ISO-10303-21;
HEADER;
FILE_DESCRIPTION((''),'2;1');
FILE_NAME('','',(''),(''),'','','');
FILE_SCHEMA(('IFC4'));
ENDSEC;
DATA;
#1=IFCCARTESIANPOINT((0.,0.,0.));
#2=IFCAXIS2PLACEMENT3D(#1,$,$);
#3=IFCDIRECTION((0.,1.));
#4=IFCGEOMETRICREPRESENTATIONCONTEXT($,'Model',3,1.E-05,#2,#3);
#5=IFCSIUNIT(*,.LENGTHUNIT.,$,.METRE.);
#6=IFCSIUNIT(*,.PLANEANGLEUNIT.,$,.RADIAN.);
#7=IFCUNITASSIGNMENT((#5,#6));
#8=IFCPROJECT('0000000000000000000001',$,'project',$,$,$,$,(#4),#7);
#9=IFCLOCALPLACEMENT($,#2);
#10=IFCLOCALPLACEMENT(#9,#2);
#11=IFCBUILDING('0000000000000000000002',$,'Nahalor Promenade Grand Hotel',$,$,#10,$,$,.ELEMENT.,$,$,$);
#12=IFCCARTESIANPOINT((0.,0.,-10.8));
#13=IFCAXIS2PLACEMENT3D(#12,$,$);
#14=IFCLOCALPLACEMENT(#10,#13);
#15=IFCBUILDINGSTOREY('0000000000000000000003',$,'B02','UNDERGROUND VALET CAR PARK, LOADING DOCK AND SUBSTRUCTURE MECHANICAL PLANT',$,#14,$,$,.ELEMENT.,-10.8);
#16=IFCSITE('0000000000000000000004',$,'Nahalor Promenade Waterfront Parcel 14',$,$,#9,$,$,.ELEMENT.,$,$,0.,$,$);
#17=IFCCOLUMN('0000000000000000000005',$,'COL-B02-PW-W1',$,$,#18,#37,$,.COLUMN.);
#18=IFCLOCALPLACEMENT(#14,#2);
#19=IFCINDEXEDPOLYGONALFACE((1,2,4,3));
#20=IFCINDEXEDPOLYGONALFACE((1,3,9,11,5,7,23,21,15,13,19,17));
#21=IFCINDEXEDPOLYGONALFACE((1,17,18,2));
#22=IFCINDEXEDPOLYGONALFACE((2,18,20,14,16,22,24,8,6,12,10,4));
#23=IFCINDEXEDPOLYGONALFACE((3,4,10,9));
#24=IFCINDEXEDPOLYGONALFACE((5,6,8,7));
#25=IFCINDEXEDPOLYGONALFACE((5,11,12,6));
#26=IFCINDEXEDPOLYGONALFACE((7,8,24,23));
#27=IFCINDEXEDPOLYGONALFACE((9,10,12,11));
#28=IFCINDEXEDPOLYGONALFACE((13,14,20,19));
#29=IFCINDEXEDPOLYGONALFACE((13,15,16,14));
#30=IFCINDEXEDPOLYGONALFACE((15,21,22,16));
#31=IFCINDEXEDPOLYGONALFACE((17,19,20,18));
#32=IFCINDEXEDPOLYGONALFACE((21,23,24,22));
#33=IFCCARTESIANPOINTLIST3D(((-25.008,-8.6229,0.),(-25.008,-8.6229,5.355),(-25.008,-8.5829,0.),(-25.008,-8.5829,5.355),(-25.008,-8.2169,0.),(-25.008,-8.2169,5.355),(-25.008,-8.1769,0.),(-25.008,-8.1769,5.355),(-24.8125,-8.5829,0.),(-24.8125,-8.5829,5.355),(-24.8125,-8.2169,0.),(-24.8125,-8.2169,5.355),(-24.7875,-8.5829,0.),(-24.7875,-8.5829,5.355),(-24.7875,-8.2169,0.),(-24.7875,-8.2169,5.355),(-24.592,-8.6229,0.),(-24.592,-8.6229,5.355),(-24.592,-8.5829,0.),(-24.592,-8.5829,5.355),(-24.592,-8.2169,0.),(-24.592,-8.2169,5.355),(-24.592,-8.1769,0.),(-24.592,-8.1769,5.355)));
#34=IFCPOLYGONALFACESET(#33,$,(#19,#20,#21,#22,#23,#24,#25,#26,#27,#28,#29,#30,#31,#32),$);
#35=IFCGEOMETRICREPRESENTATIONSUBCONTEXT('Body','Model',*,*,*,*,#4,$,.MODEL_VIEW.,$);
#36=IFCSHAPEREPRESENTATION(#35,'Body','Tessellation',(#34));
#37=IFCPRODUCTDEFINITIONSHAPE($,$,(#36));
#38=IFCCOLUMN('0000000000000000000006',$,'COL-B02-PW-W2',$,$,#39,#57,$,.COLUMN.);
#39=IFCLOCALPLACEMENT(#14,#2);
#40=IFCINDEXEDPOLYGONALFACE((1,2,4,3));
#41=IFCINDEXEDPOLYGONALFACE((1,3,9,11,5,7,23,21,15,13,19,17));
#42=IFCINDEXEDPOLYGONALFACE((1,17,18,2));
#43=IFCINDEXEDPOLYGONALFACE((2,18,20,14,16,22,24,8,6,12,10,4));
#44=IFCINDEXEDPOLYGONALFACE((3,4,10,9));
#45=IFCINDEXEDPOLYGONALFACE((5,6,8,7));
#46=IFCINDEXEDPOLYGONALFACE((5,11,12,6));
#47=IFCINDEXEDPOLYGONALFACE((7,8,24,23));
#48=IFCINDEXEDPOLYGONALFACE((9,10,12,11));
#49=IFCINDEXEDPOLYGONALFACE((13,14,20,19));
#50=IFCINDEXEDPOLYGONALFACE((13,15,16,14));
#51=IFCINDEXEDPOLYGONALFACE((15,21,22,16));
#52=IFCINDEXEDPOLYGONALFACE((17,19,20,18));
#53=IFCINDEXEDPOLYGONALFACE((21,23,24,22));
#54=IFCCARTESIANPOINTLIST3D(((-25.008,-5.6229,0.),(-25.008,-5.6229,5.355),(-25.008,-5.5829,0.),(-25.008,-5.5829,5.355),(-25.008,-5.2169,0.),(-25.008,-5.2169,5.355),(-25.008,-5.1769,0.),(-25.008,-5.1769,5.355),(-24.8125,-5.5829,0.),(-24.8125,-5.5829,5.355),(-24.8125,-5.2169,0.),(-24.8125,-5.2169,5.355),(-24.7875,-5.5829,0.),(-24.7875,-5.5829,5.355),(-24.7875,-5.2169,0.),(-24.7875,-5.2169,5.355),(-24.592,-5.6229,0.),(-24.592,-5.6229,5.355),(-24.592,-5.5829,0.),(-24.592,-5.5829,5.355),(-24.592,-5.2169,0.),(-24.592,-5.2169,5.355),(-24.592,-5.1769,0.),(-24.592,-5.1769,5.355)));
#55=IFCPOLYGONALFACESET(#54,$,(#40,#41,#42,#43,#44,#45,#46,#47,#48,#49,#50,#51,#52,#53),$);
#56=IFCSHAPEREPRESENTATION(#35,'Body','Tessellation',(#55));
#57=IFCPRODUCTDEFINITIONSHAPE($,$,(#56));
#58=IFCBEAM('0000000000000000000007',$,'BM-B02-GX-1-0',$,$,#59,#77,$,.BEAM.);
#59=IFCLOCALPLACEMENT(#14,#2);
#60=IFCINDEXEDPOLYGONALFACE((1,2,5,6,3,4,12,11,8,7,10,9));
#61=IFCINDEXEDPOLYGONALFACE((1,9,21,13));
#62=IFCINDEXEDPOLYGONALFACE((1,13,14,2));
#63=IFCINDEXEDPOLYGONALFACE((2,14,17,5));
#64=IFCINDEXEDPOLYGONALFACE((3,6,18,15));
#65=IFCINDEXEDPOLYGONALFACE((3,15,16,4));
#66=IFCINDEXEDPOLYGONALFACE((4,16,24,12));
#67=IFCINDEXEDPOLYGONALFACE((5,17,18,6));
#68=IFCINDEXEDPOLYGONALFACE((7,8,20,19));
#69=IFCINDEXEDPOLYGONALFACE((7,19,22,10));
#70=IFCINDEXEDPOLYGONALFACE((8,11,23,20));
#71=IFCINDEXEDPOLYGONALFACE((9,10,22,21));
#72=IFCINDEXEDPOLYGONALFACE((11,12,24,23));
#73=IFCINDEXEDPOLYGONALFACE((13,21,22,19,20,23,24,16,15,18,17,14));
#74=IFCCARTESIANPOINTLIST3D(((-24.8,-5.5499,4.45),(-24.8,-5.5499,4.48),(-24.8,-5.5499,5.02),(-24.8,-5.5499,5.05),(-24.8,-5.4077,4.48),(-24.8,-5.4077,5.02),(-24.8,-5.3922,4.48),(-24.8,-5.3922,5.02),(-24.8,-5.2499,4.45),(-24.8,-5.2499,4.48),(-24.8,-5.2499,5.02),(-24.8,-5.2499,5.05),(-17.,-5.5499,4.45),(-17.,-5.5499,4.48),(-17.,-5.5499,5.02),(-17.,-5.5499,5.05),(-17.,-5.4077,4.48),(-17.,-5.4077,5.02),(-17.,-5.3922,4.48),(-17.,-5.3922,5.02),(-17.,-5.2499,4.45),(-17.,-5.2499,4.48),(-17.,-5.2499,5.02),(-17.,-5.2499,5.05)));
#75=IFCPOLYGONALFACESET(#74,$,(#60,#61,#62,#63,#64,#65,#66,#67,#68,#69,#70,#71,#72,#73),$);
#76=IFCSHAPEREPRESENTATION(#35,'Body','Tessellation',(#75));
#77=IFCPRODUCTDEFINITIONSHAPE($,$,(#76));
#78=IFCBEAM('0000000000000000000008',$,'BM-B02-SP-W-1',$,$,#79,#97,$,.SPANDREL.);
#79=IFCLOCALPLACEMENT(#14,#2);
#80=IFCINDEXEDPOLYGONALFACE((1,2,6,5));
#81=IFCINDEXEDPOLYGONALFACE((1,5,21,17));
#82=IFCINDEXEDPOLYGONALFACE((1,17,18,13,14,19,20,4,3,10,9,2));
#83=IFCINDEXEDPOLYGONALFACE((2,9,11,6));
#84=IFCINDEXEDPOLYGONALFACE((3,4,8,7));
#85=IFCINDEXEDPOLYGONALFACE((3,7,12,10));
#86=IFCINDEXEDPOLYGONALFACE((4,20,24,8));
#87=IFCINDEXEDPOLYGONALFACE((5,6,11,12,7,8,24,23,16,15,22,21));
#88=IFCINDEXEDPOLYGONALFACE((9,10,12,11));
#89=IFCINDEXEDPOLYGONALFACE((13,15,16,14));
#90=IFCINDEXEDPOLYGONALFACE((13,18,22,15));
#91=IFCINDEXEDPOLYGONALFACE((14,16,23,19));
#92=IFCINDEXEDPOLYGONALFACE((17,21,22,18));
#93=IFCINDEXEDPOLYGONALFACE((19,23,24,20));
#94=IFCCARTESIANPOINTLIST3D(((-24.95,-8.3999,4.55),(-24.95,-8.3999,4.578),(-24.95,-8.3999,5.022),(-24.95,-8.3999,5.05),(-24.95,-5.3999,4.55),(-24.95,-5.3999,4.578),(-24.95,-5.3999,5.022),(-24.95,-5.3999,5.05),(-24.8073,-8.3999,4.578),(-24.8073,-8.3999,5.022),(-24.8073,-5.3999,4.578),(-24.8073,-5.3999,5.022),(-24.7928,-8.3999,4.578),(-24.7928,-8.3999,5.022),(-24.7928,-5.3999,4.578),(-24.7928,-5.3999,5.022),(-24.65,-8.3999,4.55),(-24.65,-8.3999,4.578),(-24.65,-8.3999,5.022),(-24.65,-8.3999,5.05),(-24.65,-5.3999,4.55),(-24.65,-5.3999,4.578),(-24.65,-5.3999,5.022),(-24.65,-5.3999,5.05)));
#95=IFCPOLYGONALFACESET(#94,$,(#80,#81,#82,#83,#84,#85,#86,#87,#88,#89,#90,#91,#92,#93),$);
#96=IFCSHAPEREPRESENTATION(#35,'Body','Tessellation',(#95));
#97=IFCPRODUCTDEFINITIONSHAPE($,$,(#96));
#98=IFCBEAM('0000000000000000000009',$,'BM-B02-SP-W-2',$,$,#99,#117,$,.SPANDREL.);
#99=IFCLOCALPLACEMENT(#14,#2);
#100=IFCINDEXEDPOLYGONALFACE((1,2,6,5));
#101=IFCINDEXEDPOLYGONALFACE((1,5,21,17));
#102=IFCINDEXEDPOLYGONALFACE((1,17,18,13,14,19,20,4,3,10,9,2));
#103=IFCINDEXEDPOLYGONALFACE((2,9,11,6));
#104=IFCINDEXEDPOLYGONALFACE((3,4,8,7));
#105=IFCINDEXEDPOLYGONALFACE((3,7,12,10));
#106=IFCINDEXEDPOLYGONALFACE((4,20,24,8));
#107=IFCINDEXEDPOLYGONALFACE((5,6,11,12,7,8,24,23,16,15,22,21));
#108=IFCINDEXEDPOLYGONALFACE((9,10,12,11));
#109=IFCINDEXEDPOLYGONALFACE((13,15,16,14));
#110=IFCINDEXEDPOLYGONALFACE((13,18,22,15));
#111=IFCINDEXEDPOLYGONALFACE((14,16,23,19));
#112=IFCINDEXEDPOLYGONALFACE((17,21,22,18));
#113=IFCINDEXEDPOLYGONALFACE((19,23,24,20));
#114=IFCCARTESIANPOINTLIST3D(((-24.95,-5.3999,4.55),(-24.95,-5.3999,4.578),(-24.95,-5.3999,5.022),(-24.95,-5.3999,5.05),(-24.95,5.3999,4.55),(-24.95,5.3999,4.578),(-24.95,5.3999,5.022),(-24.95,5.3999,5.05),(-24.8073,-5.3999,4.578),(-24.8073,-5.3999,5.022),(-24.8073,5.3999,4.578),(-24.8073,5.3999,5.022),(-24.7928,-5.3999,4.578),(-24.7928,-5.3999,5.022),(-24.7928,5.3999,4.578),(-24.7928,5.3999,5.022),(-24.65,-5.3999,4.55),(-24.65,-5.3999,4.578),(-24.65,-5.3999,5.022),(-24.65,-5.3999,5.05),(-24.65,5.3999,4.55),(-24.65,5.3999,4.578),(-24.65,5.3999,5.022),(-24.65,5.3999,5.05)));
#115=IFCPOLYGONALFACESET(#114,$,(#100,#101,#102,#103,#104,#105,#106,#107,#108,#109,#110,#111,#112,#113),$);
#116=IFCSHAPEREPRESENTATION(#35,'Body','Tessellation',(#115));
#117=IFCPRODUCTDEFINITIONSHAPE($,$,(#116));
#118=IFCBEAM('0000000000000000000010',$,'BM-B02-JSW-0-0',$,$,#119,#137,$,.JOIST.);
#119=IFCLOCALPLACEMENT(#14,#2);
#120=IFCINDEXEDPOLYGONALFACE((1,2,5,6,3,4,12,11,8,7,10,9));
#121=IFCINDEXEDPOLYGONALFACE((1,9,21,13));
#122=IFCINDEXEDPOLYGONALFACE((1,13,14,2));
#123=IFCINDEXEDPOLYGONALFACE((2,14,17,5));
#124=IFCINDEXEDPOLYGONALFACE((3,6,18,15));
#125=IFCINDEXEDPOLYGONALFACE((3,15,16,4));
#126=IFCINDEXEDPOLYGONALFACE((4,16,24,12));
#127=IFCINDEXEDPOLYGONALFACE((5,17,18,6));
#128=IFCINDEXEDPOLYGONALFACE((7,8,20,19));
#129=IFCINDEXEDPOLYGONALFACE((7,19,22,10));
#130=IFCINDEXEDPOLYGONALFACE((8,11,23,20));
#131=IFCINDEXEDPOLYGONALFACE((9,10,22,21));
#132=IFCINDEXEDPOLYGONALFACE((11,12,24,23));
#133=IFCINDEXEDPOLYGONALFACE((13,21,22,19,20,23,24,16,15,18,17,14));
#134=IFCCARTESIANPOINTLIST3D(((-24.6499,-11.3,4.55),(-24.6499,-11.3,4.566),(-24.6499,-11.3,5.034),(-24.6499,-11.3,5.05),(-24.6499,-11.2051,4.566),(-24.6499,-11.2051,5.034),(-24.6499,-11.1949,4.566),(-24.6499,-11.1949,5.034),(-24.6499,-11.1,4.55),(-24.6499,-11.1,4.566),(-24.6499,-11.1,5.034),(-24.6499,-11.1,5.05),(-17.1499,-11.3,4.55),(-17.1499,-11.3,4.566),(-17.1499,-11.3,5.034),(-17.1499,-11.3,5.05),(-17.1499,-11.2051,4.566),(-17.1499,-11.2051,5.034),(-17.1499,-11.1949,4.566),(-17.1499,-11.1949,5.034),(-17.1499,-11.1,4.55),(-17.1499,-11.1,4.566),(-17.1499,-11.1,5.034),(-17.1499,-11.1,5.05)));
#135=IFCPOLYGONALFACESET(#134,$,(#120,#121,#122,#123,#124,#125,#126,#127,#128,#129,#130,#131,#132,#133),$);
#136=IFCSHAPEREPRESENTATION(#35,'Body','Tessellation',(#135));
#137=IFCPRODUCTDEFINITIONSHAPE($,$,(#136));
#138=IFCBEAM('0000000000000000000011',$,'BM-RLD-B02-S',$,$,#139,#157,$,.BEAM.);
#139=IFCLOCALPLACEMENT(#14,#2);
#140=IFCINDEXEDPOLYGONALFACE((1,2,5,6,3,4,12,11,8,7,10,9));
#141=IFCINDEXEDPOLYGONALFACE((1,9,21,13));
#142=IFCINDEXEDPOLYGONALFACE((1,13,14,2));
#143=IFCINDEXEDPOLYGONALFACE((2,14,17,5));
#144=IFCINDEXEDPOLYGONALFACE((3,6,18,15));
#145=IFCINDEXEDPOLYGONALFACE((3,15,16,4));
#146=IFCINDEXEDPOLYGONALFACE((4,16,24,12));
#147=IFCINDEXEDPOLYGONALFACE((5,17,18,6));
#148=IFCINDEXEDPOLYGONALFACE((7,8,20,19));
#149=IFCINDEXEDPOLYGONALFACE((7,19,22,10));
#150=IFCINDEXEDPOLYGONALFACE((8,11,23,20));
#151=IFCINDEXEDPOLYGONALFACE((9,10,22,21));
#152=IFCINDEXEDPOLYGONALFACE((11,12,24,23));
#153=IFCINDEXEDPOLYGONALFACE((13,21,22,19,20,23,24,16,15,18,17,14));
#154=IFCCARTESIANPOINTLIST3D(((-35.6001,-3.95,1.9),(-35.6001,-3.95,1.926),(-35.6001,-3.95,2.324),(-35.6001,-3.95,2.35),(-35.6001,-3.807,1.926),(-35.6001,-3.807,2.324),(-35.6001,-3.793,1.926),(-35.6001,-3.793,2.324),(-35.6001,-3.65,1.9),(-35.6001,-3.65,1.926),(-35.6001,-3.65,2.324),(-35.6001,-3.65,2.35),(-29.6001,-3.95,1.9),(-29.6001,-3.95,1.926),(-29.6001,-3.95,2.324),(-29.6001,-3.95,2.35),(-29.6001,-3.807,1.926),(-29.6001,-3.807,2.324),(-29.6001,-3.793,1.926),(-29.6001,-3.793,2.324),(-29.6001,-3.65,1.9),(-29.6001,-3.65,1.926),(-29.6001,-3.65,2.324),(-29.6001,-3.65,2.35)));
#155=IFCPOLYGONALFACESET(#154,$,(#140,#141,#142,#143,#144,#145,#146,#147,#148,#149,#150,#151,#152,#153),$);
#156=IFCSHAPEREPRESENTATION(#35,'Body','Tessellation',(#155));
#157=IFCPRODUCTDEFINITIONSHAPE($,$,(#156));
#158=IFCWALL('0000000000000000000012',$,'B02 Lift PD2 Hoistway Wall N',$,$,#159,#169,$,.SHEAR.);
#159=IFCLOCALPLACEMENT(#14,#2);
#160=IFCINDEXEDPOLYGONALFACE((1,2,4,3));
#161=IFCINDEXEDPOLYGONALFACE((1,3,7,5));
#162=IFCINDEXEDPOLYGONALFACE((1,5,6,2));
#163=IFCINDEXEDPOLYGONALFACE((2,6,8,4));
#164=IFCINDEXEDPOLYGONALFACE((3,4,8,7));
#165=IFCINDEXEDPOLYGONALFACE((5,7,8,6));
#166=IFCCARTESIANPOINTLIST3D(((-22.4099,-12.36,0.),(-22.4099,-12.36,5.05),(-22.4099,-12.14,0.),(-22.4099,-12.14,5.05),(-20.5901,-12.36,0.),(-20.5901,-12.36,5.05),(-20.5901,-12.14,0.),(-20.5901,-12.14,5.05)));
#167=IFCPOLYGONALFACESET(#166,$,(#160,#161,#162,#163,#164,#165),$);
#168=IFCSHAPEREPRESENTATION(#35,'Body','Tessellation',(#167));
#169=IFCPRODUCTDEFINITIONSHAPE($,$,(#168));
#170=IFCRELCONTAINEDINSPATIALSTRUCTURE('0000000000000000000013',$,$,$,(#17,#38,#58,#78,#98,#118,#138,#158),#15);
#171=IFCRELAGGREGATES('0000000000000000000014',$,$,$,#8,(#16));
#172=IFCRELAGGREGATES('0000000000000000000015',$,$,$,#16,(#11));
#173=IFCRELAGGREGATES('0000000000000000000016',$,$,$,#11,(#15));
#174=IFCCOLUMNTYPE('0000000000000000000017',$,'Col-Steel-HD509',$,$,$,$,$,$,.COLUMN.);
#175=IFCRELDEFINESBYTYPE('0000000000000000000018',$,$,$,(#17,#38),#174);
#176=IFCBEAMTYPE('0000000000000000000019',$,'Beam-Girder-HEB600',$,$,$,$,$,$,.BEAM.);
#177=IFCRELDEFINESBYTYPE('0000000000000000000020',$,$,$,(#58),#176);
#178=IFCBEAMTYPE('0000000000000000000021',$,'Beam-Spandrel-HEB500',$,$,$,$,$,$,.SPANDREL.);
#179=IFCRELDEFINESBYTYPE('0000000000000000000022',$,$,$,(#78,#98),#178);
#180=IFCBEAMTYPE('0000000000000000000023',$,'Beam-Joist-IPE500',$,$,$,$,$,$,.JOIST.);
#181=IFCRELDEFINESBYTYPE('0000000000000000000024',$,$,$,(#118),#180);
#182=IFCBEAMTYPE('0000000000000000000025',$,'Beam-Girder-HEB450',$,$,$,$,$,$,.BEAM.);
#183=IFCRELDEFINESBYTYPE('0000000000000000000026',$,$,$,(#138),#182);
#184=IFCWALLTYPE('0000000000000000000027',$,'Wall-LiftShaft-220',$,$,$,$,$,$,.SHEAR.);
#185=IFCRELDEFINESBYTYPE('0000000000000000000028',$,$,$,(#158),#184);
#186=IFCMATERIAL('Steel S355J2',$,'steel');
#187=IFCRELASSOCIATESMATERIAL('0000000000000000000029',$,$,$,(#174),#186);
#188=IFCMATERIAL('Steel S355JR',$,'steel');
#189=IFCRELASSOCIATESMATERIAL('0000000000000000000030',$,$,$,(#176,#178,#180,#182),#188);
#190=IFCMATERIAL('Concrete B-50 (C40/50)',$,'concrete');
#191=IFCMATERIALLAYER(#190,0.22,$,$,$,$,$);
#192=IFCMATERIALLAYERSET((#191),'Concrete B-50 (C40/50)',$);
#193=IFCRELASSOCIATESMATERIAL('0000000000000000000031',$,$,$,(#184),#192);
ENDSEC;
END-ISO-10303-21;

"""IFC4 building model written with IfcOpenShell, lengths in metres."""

from ifc_helpers import new_model, si_unit, direction, frame, frame_2d, origin, origin_2d, place, context, subcontext, project, spatial, rectangle, i_section, extrude, source, transform, mapped, material, layer, layer_set, material_profile, profile_set, type_object, element, save


model = new_model("IFC4")

# Units and contexts
model_context = context("Model", 3, precision=1e-05, world=origin(), true_north=direction((0.0, 1.0)))
body_context = subcontext(model_context, "Body", "Model", "MODEL_VIEW")
ifc_project = project(units=[si_unit("LENGTHUNIT", "METRE"), si_unit("PLANEANGLEUNIT", "RADIAN")], contexts=[model_context])

# Site, building, storey
site_placement = place(None, origin())
site = spatial("IfcSite", under=ifc_project, at=site_placement, Name="Nahalor Promenade Waterfront Parcel 14", CompositionType="ELEMENT", RefElevation=0.0)
building_placement = place(site_placement, origin())
building = spatial("IfcBuilding", under=site, at=building_placement, Name="Nahalor Promenade Grand Hotel", CompositionType="ELEMENT")
storey_placement = place(building_placement, frame((0.0, 0.0, -10.8)))
storey = spatial("IfcBuildingStorey", under=building, at=storey_placement, Name="B02", Description="UNDERGROUND VALET CAR PARK, LOADING DOCK AND SUBSTRUCTURE MECHANICAL PLANT", CompositionType="ELEMENT", Elevation=-10.8)

# Shared definitions
ifc_material_1 = material(Name="Concrete B-50 (C40/50)", Category="concrete")

# Columns
ifc_material_2 = material(Name="Steel S355J2", Category="steel")
ifc_material_profile_1 = material_profile(ifc_material_2, i_section(OverallWidth=0.416, OverallDepth=0.446, WebThickness=0.025, FlangeThickness=0.04, at=origin_2d()), Name="HD 400x509")
ifc_profile_set_1 = profile_set([ifc_material_profile_1], Name="Steel S355J2")
column_type_1 = type_object("IfcColumnType", Name="Col-Steel-HD509", PredefinedType="COLUMN", material=ifc_profile_set_1)
shared_shape_1 = source(origin(), body_context, "Body", "SweptSolid", [
    extrude(i_section(OverallWidth=0.416, OverallDepth=0.446, WebThickness=0.025, FlangeThickness=0.04, at=origin_2d()), origin(), (0.0, 0.0, 1.0), 5.355),
])
for number, where, z_axis, x_axis, name in (
    (1, (-24.8, -8.3999, 0.0), (0.0, 0.0, 1.0), (1.0, 0.0, 0.0), "COL-B02-PW-W1"),
    (2, (-24.8, -5.3999, 0.0), (0.0, 0.0, 1.0), (1.0, 0.0, 0.0), "COL-B02-PW-W2"),
):
    element("IfcColumn", number, at=place(storey_placement, frame(where, z_axis=z_axis, x_axis=x_axis)), inside=storey, type_object=column_type_1, Name=name, PredefinedType="COLUMN", context=body_context, shape_type="MappedRepresentation", body=[
        mapped(shared_shape_1, transform((0.0, 0.0, 0.0), scale=1.0)),
    ])

# Beams
ifc_material_3 = material(Name="Steel S355JR", Category="steel")
ifc_material_profile_2 = material_profile(ifc_material_3, i_section(OverallWidth=0.3, OverallDepth=0.6, WebThickness=0.0155, FlangeThickness=0.03, at=origin_2d()), Name="HEB 600")
ifc_profile_set_2 = profile_set([ifc_material_profile_2], Name="Steel S355JR")
beam_type_1 = type_object("IfcBeamType", Name="Beam-Girder-HEB600", PredefinedType="BEAM", material=ifc_profile_set_2)
shared_shape_2 = source(origin(), body_context, "Body", "SweptSolid", [
    extrude(i_section(OverallWidth=0.3, OverallDepth=0.6, WebThickness=0.0155, FlangeThickness=0.03, at=origin_2d()), origin(), (0.0, 0.0, 1.0), 7.8),
])
beam_1_placement = place(storey_placement, frame((-24.8, -5.3999, 4.75), z_axis=(1.0, 0.0, 0.0), x_axis=(0.0, 1.0, 0.0)))
element("IfcBeam", 3, at=beam_1_placement, inside=storey, type_object=beam_type_1, Name="BM-B02-GX-1-0", PredefinedType="BEAM", context=body_context, shape_type="MappedRepresentation", body=[
    mapped(shared_shape_2, transform((0.0, 0.0, 0.0), scale=1.0)),
])
ifc_material_profile_3 = material_profile(ifc_material_3, i_section(OverallWidth=0.3, OverallDepth=0.5, WebThickness=0.0145, FlangeThickness=0.028, at=origin_2d()), Name="HEB 500")
ifc_profile_set_3 = profile_set([ifc_material_profile_3], Name="Steel S355JR")
beam_type_2 = type_object("IfcBeamType", Name="Beam-Spandrel-HEB500", PredefinedType="SPANDREL", material=ifc_profile_set_3)
shared_shape_3 = source(origin(), body_context, "Body", "SweptSolid", [
    extrude(i_section(OverallWidth=0.3, OverallDepth=0.5, WebThickness=0.0145, FlangeThickness=0.028, at=origin_2d()), origin(), (0.0, 0.0, 1.0), 3.0),
])
beam_2_placement = place(storey_placement, frame((-24.8, -8.3999, 4.8), z_axis=(0.0, 1.0, 0.0), x_axis=(-1.0, 0.0, 0.0)))
element("IfcBeam", 4, at=beam_2_placement, inside=storey, type_object=beam_type_2, Name="BM-B02-SP-W-1", PredefinedType="SPANDREL", context=body_context, shape_type="MappedRepresentation", body=[
    mapped(shared_shape_3, transform((0.0, 0.0, 0.0), scale=1.0)),
])
shared_shape_4 = source(origin(), body_context, "Body", "SweptSolid", [
    extrude(i_section(OverallWidth=0.3, OverallDepth=0.5, WebThickness=0.0145, FlangeThickness=0.028, at=origin_2d()), origin(), (0.0, 0.0, 1.0), 10.7998),
])
beam_3_placement = place(storey_placement, frame((-24.8, -5.3999, 4.8), z_axis=(0.0, 1.0, 0.0), x_axis=(-1.0, 0.0, 0.0)))
element("IfcBeam", 5, at=beam_3_placement, inside=storey, type_object=beam_type_2, Name="BM-B02-SP-W-2", PredefinedType="SPANDREL", context=body_context, shape_type="MappedRepresentation", body=[
    mapped(shared_shape_4, transform((0.0, 0.0, 0.0), scale=1.0)),
])
ifc_material_profile_4 = material_profile(ifc_material_3, i_section(OverallWidth=0.2, OverallDepth=0.5, WebThickness=0.0102, FlangeThickness=0.016, at=origin_2d()), Name="IPE 500")
ifc_profile_set_4 = profile_set([ifc_material_profile_4], Name="Steel S355JR")
beam_type_3 = type_object("IfcBeamType", Name="Beam-Joist-IPE500", PredefinedType="JOIST", material=ifc_profile_set_4)
shared_shape_5 = source(origin(), body_context, "Body", "SweptSolid", [
    extrude(i_section(OverallWidth=0.2, OverallDepth=0.5, WebThickness=0.0102, FlangeThickness=0.016, at=origin_2d()), origin(), (0.0, 0.0, 1.0), 7.5),
])
beam_4_placement = place(storey_placement, frame((-24.6499, -11.2, 4.8), z_axis=(1.0, 0.0, 0.0), x_axis=(0.0, 1.0, 0.0)))
element("IfcBeam", 6, at=beam_4_placement, inside=storey, type_object=beam_type_3, Name="BM-B02-JSW-0-0", PredefinedType="JOIST", context=body_context, shape_type="MappedRepresentation", body=[
    mapped(shared_shape_5, transform((0.0, 0.0, 0.0), scale=1.0)),
])
ifc_material_profile_5 = material_profile(ifc_material_3, i_section(OverallWidth=0.3, OverallDepth=0.45, WebThickness=0.014, FlangeThickness=0.026, at=origin_2d()), Name="HEB 450")
ifc_profile_set_5 = profile_set([ifc_material_profile_5], Name="Steel S355JR")
beam_type_4 = type_object("IfcBeamType", Name="Beam-Girder-HEB450", PredefinedType="BEAM", material=ifc_profile_set_5)
shared_shape_6 = source(origin(), body_context, "Body", "SweptSolid", [
    extrude(i_section(OverallWidth=0.3, OverallDepth=0.45, WebThickness=0.014, FlangeThickness=0.026, at=origin_2d()), origin(), (0.0, 0.0, 1.0), 6.0),
])
beam_5_placement = place(storey_placement, frame((-35.6001, -3.8, 2.125), z_axis=(1.0, 0.0, 0.0), x_axis=(0.0, 1.0, 0.0)))
element("IfcBeam", 7, at=beam_5_placement, inside=storey, type_object=beam_type_4, Name="BM-RLD-B02-S", PredefinedType="BEAM", context=body_context, shape_type="MappedRepresentation", body=[
    mapped(shared_shape_6, transform((0.0, 0.0, 0.0), scale=1.0)),
])

# Wall
ifc_layer = layer(ifc_material_1, 0.22)
ifc_layer_set = layer_set([ifc_layer], Name="Concrete B-50 (C40/50)")
wall_type = type_object("IfcWallType", Name="Wall-LiftShaft-220", PredefinedType="SHEAR", material=ifc_layer_set)
shared_shape_7 = source(origin(), body_context, "Body", "SweptSolid", [
    extrude(rectangle(XDim=1.8198, YDim=0.22, at=frame_2d((0.9099, 0.0))), origin(), (0.0, 0.0, 1.0), 5.05),
])
wall_1_placement = place(storey_placement, frame((-22.4099, -12.25, 0.0), z_axis=(0.0, 0.0, 1.0), x_axis=(1.0, 0.0, 0.0)))
element("IfcWall", 8, at=wall_1_placement, inside=storey, type_object=wall_type, Name="B02 Lift PD2 Hoistway Wall N", PredefinedType="SHEAR", context=body_context, shape_type="MappedRepresentation", body=[
    mapped(shared_shape_7, transform((0.0, 0.0, 0.0), scale=1.0)),
])

save(model, "model.ifc")
